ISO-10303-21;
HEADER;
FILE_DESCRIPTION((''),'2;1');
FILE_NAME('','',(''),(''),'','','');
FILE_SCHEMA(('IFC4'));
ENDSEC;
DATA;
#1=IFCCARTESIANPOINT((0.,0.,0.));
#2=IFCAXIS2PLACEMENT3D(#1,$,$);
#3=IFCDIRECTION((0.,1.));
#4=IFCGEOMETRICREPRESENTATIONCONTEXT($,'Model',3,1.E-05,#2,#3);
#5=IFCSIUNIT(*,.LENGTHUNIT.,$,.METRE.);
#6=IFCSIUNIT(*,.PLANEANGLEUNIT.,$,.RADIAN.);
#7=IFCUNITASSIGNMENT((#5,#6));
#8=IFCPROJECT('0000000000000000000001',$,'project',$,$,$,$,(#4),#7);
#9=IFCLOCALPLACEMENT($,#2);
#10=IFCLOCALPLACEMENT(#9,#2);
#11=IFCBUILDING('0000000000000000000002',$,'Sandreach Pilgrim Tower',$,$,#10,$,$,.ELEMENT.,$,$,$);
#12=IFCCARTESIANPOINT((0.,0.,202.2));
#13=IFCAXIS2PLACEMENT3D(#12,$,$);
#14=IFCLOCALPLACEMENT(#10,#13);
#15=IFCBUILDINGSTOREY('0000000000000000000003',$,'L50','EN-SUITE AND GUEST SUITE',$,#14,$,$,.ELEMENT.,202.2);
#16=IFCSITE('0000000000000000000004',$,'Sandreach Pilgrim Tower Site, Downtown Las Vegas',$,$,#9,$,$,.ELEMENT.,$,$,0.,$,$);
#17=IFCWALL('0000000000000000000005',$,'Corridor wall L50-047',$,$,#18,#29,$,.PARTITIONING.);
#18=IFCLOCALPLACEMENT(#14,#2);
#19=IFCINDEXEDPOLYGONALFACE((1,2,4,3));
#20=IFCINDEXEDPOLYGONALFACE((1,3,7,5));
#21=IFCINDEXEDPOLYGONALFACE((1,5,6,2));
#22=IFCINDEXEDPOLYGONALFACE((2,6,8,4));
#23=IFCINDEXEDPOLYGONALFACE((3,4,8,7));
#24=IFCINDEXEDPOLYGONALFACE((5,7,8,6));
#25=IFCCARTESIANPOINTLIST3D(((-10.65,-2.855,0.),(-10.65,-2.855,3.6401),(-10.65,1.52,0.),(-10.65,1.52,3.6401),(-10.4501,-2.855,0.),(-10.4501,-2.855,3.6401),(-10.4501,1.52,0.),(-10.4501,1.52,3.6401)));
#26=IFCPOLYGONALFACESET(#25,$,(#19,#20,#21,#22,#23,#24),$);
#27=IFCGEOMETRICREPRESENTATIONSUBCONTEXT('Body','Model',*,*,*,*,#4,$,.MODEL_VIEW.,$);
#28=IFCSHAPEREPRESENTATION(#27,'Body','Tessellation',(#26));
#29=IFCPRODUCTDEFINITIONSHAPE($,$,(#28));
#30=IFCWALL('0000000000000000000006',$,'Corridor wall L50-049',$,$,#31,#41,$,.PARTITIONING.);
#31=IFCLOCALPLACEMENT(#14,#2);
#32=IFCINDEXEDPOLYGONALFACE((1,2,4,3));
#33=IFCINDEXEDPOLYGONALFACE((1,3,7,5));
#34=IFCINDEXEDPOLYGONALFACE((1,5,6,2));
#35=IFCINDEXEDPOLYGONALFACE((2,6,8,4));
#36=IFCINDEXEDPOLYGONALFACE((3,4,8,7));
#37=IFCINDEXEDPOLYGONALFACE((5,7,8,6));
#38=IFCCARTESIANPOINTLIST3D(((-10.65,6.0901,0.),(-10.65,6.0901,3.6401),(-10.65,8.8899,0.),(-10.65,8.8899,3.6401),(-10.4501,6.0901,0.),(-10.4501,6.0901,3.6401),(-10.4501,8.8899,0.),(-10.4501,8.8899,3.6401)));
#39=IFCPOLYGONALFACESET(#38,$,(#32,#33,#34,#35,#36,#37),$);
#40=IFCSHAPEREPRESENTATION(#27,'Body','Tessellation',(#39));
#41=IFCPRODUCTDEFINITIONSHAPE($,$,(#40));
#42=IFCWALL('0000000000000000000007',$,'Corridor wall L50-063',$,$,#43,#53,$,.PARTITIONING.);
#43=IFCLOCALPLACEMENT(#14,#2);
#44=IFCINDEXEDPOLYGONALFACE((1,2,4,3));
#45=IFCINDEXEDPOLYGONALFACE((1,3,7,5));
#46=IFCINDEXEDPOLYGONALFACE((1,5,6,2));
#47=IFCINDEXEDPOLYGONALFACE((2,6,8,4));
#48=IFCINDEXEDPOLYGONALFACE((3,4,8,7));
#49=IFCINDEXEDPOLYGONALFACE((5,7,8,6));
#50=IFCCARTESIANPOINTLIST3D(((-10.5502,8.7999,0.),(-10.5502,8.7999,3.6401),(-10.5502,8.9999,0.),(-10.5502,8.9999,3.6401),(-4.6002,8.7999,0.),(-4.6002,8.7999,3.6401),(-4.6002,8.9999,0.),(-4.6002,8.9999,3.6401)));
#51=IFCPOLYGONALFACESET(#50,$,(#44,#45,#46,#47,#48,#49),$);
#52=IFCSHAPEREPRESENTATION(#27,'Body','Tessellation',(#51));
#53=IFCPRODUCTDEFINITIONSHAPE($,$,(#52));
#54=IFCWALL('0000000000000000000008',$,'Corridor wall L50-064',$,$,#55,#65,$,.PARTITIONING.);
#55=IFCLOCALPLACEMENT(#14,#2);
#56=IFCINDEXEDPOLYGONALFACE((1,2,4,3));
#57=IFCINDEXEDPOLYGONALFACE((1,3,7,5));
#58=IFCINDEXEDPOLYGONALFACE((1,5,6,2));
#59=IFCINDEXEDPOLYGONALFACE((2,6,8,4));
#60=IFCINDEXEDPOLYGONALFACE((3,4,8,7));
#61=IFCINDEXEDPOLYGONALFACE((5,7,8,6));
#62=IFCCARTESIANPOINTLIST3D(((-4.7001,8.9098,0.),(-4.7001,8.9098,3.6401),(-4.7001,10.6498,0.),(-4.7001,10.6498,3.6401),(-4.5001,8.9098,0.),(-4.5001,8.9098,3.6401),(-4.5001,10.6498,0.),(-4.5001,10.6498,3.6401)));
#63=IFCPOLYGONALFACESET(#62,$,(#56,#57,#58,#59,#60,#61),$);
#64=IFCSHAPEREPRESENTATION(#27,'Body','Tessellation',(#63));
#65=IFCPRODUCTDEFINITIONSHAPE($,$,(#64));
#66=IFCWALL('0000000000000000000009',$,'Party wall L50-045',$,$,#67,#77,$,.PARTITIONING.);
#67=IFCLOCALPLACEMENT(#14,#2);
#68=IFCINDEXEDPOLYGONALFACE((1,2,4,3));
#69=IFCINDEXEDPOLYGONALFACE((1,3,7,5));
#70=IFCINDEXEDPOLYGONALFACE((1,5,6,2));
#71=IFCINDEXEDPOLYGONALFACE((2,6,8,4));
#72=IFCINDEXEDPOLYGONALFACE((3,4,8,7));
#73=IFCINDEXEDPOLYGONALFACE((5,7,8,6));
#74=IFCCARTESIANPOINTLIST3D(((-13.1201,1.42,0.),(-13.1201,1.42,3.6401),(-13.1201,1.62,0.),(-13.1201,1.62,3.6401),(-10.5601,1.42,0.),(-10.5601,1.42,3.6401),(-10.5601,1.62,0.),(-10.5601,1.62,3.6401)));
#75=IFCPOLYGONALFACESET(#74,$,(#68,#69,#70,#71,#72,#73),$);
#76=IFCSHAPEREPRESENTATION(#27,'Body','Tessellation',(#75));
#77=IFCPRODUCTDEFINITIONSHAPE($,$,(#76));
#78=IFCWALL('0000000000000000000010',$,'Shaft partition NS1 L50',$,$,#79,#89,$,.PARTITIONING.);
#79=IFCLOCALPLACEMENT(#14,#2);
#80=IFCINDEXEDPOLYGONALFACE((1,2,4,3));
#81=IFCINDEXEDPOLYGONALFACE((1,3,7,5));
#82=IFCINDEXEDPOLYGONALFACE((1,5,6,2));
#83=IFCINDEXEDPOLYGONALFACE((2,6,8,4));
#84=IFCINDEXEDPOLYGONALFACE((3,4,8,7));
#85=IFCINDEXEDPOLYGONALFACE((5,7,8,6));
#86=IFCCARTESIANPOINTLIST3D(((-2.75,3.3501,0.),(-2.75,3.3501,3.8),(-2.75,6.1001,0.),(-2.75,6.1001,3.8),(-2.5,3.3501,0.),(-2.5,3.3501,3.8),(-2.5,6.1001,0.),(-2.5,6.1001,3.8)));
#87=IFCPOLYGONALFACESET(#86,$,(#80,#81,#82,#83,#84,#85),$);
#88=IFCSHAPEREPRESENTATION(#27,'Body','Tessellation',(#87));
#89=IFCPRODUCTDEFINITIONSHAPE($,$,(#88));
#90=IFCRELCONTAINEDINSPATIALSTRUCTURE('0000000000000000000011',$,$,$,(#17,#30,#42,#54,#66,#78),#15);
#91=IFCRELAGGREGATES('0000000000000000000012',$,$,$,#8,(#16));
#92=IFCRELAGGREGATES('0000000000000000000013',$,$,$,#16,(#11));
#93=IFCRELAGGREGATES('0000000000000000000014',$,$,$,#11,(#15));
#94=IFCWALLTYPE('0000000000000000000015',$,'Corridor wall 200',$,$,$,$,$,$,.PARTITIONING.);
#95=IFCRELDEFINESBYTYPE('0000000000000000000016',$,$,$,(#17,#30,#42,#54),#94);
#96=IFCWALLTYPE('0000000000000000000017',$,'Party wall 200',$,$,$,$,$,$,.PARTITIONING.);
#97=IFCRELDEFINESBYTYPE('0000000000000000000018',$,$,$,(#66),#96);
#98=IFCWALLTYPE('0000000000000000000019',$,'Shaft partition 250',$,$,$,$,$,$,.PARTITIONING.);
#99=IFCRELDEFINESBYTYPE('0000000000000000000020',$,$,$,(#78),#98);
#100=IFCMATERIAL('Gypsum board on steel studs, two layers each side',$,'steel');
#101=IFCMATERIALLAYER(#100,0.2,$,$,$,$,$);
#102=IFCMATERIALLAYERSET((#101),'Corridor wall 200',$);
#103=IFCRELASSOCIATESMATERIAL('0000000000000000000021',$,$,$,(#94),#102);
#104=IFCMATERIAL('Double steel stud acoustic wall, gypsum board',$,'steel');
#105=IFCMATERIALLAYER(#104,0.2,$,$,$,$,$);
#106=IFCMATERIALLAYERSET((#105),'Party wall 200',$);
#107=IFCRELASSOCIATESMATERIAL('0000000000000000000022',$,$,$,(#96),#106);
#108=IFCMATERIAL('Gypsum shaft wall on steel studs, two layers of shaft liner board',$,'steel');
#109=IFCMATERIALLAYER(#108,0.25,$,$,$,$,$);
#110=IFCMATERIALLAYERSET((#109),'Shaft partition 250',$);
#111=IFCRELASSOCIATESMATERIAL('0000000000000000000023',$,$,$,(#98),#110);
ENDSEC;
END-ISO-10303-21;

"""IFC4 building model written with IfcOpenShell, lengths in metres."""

from ifc_helpers import new_model, si_unit, direction, frame, frame_2d, origin, place, context, subcontext, project, spatial, rectangle, extrude, material, layer, layer_set, type_object, element, save


model = new_model("IFC4")

# Units and contexts
model_context = context("Model", 3, precision=1e-05, world=origin(), true_north=direction((0.0, 1.0)))
body_context = subcontext(model_context, "Body", "Model", "MODEL_VIEW")
ifc_project = project(units=[si_unit("LENGTHUNIT", "METRE"), si_unit("PLANEANGLEUNIT", "RADIAN")], contexts=[model_context])

# Site, building, storey
site_placement = place(None, origin())
site = spatial("IfcSite", under=ifc_project, at=site_placement, Name="Sandreach Pilgrim Tower Site, Downtown Las Vegas", CompositionType="ELEMENT", RefElevation=0.0)
building_placement = place(site_placement, origin())
building = spatial("IfcBuilding", under=site, at=building_placement, Name="Sandreach Pilgrim Tower", CompositionType="ELEMENT")
storey_placement = place(building_placement, frame((0.0, 0.0, 202.2)))
storey = spatial("IfcBuildingStorey", under=building, at=storey_placement, Name="L50", Description="EN-SUITE AND GUEST SUITE", CompositionType="ELEMENT", Elevation=202.2)

# Shared definitions
ifc_material_1 = material(Name="Gypsum board on steel studs, two layers each side", Category="steel")
ifc_layer_1 = layer(ifc_material_1, 0.2)
ifc_layer_set_1 = layer_set([ifc_layer_1], Name="Corridor wall 200")
wall_type_1 = type_object("IfcWallType", Name="Corridor wall 200", PredefinedType="PARTITIONING", material=ifc_layer_set_1)

# Wall
wall_1_placement = place(storey_placement, frame((-10.55, 1.52, 0.0), z_axis=(0.0, 0.0, 1.0), x_axis=(0.0, -1.0, 0.0)))
element("IfcWall", 1, at=wall_1_placement, inside=storey, type_object=wall_type_1, Name="Corridor wall L50-047", PredefinedType="PARTITIONING", context=body_context, shape_type="SweptSolid", body=[
    extrude(rectangle(XDim=4.375, YDim=0.2, at=frame_2d((2.1875, 0.0))), origin(), (0.0, 0.0, 1.0), 3.6401),
])

# Wall
wall_2_placement = place(storey_placement, frame((-10.55, 8.8899, 0.0), z_axis=(0.0, 0.0, 1.0), x_axis=(0.0, -1.0, 0.0)))
element("IfcWall", 2, at=wall_2_placement, inside=storey, type_object=wall_type_1, Name="Corridor wall L50-049", PredefinedType="PARTITIONING", context=body_context, shape_type="SweptSolid", body=[
    extrude(rectangle(XDim=2.7998, YDim=0.2, at=frame_2d((1.3999, 0.0))), origin(), (0.0, 0.0, 1.0), 3.6401),
])

# Walls
wall_3_placement = place(storey_placement, frame((-4.6001, 8.8999, 0.0), z_axis=(0.0, 0.0, 1.0), x_axis=(-1.0, 0.0, 0.0)))
element("IfcWall", 3, at=wall_3_placement, inside=storey, type_object=wall_type_1, Name="Corridor wall L50-063", PredefinedType="PARTITIONING", context=body_context, shape_type="SweptSolid", body=[
    extrude(rectangle(XDim=5.95, YDim=0.2, at=frame_2d((2.9751, 0.0))), origin(), (0.0, 0.0, 1.0), 3.6401),
])
wall_4_placement = place(storey_placement, frame((-4.6001, 10.6499, 0.0), z_axis=(0.0, 0.0, 1.0), x_axis=(0.0, -1.0, 0.0)))
element("IfcWall", 4, at=wall_4_placement, inside=storey, type_object=wall_type_1, Name="Corridor wall L50-064", PredefinedType="PARTITIONING", context=body_context, shape_type="SweptSolid", body=[
    extrude(rectangle(XDim=1.74, YDim=0.2, at=frame_2d((0.8701, 0.0))), origin(), (0.0, 0.0, 1.0), 3.6401),
])

# Walls
ifc_material_2 = material(Name="Double steel stud acoustic wall, gypsum board", Category="steel")
ifc_layer_2 = layer(ifc_material_2, 0.2)
ifc_layer_set_2 = layer_set([ifc_layer_2], Name="Party wall 200")
wall_type_2 = type_object("IfcWallType", Name="Party wall 200", PredefinedType="PARTITIONING", material=ifc_layer_set_2)
wall_5_placement = place(storey_placement, frame((-10.5601, 1.52, 0.0), z_axis=(0.0, 0.0, 1.0), x_axis=(-1.0, 0.0, 0.0)))
element("IfcWall", 5, at=wall_5_placement, inside=storey, type_object=wall_type_2, Name="Party wall L50-045", PredefinedType="PARTITIONING", context=body_context, shape_type="SweptSolid", body=[
    extrude(rectangle(XDim=2.5601, YDim=0.2, at=frame_2d((1.28, 0.0))), origin(), (0.0, 0.0, 1.0), 3.6401),
])
ifc_material_3 = material(Name="Gypsum shaft wall on steel studs, two layers of shaft liner board", Category="steel")
ifc_layer_3 = layer(ifc_material_3, 0.25)
ifc_layer_set_3 = layer_set([ifc_layer_3], Name="Shaft partition 250")
wall_type_3 = type_object("IfcWallType", Name="Shaft partition 250", PredefinedType="PARTITIONING", material=ifc_layer_set_3)
wall_6_placement = place(storey_placement, frame((-2.625, 3.3501, 0.0), z_axis=(0.0, 0.0, 1.0), x_axis=(0.0, 1.0, 0.0)))
element("IfcWall", 6, at=wall_6_placement, inside=storey, type_object=wall_type_3, Name="Shaft partition NS1 L50", PredefinedType="PARTITIONING", context=body_context, shape_type="SweptSolid", body=[
    extrude(rectangle(XDim=2.75, YDim=0.25, at=frame_2d((1.375, 0.0))), origin(), (0.0, 0.0, 1.0), 3.8),
])

save(model, "model.ifc")
